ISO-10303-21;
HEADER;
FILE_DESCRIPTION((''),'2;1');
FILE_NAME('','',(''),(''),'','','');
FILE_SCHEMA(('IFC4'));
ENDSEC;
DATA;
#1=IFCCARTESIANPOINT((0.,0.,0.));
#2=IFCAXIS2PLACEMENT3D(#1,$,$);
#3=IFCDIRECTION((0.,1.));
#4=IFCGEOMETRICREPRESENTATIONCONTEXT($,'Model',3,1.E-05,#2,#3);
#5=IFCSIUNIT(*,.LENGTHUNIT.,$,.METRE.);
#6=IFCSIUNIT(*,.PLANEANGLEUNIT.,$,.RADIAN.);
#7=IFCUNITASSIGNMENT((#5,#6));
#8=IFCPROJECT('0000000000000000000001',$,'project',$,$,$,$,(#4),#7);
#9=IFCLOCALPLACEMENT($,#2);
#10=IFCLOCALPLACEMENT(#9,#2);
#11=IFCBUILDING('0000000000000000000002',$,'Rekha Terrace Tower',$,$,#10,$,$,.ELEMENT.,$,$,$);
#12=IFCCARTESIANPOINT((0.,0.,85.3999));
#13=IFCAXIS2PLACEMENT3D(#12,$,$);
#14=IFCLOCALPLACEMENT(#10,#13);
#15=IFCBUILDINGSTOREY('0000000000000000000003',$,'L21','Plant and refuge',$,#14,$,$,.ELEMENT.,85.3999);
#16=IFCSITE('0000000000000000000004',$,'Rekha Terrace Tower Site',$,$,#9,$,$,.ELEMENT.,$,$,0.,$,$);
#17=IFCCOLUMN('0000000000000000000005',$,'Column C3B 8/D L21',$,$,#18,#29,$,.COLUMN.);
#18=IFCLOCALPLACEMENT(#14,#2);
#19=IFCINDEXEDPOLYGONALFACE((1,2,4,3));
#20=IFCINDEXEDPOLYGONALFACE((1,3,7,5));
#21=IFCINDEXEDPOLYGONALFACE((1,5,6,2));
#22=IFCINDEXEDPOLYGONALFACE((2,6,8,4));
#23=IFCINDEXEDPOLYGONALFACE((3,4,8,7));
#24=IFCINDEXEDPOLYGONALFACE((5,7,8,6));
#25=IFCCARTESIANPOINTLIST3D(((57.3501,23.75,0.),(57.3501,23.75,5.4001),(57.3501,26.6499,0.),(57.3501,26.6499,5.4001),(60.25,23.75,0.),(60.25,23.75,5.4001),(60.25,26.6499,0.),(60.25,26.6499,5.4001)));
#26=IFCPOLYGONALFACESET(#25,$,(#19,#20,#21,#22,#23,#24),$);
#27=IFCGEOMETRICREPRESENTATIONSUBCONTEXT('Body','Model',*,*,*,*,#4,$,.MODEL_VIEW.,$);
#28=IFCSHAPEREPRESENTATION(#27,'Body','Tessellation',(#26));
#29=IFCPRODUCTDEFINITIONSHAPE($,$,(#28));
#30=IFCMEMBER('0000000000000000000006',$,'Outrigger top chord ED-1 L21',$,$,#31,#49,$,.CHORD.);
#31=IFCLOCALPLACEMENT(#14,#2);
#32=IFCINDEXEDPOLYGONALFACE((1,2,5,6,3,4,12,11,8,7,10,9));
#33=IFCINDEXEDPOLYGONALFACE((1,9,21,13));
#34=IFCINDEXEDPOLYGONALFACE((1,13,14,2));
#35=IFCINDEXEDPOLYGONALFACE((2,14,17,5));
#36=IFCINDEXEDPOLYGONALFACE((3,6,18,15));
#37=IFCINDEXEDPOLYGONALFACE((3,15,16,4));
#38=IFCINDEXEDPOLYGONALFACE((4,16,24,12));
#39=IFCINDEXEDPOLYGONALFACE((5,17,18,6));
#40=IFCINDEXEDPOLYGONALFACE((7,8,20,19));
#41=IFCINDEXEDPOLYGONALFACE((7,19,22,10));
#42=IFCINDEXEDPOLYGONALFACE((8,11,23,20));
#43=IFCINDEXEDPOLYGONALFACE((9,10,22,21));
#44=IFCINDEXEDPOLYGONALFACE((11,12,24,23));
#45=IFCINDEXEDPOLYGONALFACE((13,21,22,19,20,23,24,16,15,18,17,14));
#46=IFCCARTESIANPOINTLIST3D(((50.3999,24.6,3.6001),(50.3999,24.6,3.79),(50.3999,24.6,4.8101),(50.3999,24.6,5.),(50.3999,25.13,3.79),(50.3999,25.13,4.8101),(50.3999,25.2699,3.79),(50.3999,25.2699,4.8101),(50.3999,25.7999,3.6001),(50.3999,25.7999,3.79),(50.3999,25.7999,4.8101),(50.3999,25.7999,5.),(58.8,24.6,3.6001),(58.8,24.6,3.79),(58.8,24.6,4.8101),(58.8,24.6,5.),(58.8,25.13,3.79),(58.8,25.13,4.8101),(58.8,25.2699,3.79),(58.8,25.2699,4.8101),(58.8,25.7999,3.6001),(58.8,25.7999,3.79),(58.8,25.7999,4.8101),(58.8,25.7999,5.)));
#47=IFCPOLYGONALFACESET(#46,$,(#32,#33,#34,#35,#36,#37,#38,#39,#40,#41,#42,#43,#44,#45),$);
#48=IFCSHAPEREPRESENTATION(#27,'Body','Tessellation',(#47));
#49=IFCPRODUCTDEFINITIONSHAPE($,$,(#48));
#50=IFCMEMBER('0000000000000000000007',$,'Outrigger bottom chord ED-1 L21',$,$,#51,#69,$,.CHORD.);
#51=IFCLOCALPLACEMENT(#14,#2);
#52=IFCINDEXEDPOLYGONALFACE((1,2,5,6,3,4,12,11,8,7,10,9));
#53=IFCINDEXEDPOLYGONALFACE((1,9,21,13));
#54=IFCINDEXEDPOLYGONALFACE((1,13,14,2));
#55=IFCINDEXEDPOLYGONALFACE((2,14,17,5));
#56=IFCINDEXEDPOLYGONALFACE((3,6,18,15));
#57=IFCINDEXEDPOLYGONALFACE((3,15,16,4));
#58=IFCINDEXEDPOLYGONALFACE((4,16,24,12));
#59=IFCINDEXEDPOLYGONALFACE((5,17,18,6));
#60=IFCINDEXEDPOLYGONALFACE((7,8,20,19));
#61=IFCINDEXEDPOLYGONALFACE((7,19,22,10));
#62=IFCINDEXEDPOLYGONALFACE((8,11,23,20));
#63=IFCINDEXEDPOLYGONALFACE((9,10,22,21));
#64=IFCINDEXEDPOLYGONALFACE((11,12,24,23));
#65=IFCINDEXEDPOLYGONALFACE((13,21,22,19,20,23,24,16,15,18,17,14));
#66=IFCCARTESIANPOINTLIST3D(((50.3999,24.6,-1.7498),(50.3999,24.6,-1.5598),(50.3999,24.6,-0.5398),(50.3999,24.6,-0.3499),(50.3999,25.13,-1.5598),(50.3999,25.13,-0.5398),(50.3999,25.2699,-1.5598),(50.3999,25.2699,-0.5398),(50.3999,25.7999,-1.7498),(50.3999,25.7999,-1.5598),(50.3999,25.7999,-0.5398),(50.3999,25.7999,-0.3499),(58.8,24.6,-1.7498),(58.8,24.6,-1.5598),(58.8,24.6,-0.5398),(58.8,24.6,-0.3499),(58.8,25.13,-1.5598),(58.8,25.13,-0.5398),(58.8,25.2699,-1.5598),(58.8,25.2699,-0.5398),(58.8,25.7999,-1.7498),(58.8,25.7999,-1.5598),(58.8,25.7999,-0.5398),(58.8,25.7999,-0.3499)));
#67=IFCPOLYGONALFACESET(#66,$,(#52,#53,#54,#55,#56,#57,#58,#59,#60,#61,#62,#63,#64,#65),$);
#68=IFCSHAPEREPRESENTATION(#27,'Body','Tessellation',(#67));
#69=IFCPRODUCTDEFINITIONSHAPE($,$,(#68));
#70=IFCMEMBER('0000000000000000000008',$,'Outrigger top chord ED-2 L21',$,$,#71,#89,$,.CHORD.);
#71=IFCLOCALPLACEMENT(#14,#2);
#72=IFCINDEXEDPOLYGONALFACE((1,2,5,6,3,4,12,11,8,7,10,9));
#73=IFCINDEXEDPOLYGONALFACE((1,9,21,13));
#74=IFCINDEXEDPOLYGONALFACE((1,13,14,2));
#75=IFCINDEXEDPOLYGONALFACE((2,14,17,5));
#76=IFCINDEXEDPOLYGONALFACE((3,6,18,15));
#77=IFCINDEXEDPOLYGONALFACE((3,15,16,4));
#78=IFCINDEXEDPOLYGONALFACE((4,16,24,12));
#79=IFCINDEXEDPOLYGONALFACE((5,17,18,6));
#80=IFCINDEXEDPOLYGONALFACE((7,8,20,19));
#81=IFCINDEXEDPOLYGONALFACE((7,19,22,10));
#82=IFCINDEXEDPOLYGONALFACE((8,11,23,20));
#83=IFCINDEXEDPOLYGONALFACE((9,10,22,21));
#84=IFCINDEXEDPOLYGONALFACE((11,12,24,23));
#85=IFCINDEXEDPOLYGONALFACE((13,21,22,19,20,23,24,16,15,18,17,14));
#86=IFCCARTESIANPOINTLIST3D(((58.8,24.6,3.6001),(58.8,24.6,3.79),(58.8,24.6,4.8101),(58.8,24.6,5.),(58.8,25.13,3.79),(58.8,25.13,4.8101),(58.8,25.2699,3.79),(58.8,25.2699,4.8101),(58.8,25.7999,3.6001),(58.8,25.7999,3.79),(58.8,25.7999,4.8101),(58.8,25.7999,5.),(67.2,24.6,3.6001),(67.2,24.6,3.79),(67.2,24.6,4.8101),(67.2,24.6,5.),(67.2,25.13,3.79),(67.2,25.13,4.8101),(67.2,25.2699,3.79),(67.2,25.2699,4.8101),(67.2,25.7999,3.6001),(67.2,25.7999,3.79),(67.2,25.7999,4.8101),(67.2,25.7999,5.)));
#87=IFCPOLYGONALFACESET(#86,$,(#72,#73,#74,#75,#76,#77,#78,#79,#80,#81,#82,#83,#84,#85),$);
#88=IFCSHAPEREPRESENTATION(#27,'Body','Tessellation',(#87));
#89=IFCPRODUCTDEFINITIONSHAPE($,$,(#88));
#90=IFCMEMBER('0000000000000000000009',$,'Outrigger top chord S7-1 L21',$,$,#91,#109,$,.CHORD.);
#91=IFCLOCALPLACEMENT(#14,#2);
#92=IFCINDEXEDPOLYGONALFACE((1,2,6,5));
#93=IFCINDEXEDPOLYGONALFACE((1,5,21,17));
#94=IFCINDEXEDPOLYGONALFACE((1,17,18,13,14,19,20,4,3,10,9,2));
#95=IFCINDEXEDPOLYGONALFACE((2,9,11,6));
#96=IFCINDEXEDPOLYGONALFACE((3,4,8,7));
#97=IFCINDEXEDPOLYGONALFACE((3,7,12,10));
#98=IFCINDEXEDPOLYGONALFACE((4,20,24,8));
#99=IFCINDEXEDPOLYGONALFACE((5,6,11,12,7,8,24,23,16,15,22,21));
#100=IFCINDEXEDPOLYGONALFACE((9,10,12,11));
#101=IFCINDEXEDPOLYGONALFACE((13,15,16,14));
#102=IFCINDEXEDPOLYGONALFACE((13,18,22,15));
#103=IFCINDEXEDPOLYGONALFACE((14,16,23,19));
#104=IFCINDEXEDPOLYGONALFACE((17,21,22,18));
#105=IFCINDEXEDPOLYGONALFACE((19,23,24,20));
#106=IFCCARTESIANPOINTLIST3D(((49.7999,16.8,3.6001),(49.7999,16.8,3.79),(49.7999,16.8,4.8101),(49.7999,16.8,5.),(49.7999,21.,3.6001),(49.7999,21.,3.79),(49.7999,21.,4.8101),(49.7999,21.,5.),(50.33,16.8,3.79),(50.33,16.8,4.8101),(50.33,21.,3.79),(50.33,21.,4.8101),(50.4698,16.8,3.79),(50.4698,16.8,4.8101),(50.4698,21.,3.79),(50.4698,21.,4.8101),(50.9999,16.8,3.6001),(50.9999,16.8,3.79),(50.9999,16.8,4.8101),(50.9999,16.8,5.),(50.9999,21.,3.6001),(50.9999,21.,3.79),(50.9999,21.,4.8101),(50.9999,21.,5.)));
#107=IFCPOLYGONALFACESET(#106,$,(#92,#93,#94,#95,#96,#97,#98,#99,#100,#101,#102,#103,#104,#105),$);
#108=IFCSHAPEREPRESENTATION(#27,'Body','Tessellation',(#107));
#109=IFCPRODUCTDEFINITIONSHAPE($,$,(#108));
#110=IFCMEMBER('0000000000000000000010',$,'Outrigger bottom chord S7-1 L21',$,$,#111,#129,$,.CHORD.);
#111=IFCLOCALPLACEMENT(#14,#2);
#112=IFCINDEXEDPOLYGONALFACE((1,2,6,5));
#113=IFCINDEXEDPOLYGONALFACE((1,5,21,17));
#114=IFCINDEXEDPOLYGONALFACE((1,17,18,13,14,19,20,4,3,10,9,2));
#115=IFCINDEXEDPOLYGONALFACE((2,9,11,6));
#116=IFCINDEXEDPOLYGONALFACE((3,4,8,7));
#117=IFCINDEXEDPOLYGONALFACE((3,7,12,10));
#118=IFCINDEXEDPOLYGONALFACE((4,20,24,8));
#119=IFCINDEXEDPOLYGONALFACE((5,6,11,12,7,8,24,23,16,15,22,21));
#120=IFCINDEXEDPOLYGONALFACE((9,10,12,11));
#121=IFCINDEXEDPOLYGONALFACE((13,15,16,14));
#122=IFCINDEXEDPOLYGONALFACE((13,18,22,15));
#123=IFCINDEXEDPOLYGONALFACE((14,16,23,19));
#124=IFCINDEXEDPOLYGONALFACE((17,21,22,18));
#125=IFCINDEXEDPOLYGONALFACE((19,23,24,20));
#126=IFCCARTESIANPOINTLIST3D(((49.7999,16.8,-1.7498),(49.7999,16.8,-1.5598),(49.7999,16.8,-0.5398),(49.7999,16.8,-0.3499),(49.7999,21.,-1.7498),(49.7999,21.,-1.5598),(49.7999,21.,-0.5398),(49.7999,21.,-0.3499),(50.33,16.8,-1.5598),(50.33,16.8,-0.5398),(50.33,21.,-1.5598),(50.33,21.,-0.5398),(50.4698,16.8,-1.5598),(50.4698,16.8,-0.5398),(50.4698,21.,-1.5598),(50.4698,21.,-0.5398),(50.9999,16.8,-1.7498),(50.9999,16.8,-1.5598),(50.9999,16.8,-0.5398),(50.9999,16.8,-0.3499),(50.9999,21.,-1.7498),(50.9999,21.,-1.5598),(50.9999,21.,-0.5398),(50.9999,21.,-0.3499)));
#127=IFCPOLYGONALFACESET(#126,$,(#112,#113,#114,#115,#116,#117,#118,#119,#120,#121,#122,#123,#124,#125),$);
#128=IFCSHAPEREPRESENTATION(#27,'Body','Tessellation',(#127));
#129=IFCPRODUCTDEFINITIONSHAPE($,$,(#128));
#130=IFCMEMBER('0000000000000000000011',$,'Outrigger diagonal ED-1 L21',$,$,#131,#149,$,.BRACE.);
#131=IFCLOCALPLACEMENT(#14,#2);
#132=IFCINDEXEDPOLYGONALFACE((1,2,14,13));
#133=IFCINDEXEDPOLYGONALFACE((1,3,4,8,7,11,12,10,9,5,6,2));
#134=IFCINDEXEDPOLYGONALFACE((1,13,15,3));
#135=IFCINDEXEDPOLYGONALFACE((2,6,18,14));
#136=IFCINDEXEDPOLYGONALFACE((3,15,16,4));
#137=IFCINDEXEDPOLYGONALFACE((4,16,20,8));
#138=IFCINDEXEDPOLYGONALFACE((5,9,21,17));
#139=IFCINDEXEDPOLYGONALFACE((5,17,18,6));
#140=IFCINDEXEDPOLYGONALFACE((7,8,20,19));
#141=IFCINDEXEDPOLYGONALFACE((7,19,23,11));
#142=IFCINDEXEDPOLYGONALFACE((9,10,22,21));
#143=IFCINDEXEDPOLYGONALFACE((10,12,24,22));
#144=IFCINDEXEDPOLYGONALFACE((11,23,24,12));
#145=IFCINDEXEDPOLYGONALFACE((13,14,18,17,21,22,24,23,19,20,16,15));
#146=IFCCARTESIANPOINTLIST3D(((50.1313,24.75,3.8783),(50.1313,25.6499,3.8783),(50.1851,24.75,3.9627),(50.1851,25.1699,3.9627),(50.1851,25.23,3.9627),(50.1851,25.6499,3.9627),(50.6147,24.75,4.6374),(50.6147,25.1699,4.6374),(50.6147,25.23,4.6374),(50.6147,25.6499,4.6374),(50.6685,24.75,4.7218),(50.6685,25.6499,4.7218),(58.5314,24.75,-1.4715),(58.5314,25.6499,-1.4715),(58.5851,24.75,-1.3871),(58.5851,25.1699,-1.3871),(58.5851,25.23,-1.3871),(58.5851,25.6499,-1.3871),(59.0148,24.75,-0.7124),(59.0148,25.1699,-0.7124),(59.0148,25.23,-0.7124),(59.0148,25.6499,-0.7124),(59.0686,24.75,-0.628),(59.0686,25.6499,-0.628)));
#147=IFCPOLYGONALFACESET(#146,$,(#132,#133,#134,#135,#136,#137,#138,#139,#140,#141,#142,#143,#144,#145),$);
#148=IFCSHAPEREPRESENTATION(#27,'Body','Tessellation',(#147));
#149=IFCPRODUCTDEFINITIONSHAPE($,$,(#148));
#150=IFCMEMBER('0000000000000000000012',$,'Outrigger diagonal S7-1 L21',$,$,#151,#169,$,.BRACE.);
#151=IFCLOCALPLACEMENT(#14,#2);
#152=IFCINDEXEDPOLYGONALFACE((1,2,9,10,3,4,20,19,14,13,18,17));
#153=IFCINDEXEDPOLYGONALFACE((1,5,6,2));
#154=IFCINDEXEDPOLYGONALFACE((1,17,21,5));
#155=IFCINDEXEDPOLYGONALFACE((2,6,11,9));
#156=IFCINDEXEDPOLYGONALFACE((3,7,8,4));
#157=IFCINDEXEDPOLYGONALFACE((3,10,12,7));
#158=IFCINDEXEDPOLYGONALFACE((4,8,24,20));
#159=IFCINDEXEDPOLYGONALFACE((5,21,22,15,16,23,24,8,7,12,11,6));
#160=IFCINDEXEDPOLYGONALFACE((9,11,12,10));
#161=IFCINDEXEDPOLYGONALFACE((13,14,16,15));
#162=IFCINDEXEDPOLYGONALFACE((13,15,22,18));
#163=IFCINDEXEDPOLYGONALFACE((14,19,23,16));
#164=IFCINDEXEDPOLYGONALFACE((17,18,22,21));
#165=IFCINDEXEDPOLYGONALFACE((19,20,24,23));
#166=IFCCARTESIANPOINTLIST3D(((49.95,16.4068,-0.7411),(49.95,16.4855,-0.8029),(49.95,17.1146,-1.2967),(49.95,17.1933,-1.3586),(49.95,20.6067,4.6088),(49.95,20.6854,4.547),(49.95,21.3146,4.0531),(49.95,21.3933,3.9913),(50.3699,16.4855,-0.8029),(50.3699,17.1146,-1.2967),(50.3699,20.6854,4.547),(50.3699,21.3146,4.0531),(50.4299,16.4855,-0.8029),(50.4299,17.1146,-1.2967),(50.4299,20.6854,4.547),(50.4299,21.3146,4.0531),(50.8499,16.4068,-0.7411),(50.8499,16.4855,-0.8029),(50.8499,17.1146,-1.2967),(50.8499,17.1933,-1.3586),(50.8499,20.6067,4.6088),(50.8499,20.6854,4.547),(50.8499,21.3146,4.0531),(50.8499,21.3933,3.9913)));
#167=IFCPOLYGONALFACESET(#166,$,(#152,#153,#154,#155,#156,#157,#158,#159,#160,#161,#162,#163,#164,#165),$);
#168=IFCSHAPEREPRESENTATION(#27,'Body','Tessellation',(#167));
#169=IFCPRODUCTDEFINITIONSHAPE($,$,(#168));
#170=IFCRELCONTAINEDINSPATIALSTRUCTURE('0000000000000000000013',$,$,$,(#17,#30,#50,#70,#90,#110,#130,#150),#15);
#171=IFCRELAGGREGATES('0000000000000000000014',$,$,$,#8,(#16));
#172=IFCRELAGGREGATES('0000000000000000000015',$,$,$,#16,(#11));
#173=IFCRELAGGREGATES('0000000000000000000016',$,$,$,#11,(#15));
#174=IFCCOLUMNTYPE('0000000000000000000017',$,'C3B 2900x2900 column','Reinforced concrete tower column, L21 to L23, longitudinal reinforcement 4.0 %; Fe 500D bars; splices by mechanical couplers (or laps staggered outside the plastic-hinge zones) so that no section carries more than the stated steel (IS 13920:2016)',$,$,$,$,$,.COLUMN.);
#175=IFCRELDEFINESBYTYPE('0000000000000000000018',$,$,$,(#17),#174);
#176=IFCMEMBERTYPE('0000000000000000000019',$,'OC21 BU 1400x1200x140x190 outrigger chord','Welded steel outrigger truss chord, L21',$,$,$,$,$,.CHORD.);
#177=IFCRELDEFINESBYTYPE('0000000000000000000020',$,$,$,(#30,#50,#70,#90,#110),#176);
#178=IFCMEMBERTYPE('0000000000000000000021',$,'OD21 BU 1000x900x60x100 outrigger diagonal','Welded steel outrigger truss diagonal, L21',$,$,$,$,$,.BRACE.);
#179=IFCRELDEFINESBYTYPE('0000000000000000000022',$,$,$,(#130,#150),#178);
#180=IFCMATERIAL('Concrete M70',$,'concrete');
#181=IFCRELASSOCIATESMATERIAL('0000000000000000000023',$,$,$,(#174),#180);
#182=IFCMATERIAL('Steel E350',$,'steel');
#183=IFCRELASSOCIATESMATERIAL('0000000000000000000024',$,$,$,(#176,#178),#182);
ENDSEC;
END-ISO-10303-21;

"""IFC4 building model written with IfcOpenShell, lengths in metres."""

from ifc_helpers import new_model, si_unit, direction, frame, origin, origin_2d, place, context, subcontext, project, spatial, rectangle, i_section, extrude, material, material_profile, profile_set, type_object, element, save


model = new_model("IFC4")

# Units and contexts
model_context = context("Model", 3, precision=1e-05, world=origin(), true_north=direction((0.0, 1.0)))
body_context = subcontext(model_context, "Body", "Model", "MODEL_VIEW")
ifc_project = project(units=[si_unit("LENGTHUNIT", "METRE"), si_unit("PLANEANGLEUNIT", "RADIAN")], contexts=[model_context])

# Site, building, storey
site_placement = place(None, origin())
site = spatial("IfcSite", under=ifc_project, at=site_placement, Name="Rekha Terrace Tower Site", CompositionType="ELEMENT", RefElevation=0.0)
building_placement = place(site_placement, origin())
building = spatial("IfcBuilding", under=site, at=building_placement, Name="Rekha Terrace Tower", CompositionType="ELEMENT")
storey_placement = place(building_placement, frame((0.0, 0.0, 85.3999)))
storey = spatial("IfcBuildingStorey", under=building, at=storey_placement, Name="L21", Description="Plant and refuge", CompositionType="ELEMENT", Elevation=85.3999)

# Column
ifc_material_1 = material(Name="Concrete M70", Category="concrete")
ifc_material_profile_1 = material_profile(ifc_material_1, rectangle(XDim=2.8999, YDim=2.8999, at=origin_2d()), Name="RC 2900x2900")
ifc_profile_set_1 = profile_set([ifc_material_profile_1], Name="Concrete M70")
column_type = type_object("IfcColumnType", Name="C3B 2900x2900 column", Description="Reinforced concrete tower column, L21 to L23, longitudinal reinforcement 4.0 %; Fe 500D bars; splices by mechanical couplers (or laps staggered outside the plastic-hinge zones) so that no section carries more than the stated steel (IS 13920:2016)", PredefinedType="COLUMN", material=ifc_profile_set_1)
column_placement = place(storey_placement, frame((58.8, 25.2, 0.0), z_axis=(0.0, 0.0, 1.0), x_axis=(1.0, 0.0, 0.0)))
element("IfcColumn", 1, at=column_placement, inside=storey, type_object=column_type, Name="Column C3B 8/D L21", PredefinedType="COLUMN", context=body_context, shape_type="SweptSolid", body=[
    extrude(rectangle(XDim=2.8999, YDim=2.8999, at=origin_2d()), origin(), (0.0, 0.0, 1.0), 5.4001),
])

# Members
ifc_material_2 = material(Name="Steel E350", Category="steel")
ifc_material_profile_2 = material_profile(ifc_material_2, i_section(OverallWidth=1.2, OverallDepth=1.3999, WebThickness=0.1399, FlangeThickness=0.1899, at=origin_2d()), Name="BU 1400x1200x140x190")
ifc_profile_set_2 = profile_set([ifc_material_profile_2], Name="Steel E350")
member_type_1 = type_object("IfcMemberType", Name="OC21 BU 1400x1200x140x190 outrigger chord", Description="Welded steel outrigger truss chord, L21", PredefinedType="CHORD", material=ifc_profile_set_2)
for number, where, z_axis, x_axis, name in (
    (2, (50.3999, 25.2, 4.3), (1.0, 0.0, 0.0), (0.0, 1.0, 0.0), "Outrigger top chord ED-1 L21"),
    (3, (50.3999, 25.2, -1.0498), (1.0, 0.0, 0.0), (0.0, 1.0, 0.0), "Outrigger bottom chord ED-1 L21"),
):
    element("IfcMember", number, at=place(storey_placement, frame(where, z_axis=z_axis, x_axis=x_axis)), inside=storey, type_object=member_type_1, Name=name, PredefinedType="CHORD", context=body_context, shape_type="SweptSolid", body=[
        extrude(i_section(OverallWidth=1.2, OverallDepth=1.3999, WebThickness=0.1399, FlangeThickness=0.1899, at=origin_2d()), origin(), (0.0, 0.0, 1.0), 8.4001),
    ])
member_1_placement = place(storey_placement, frame((58.8, 25.2, 4.3), z_axis=(1.0, 0.0, 0.0), x_axis=(0.0, 1.0, 0.0)))
element("IfcMember", 4, at=member_1_placement, inside=storey, type_object=member_type_1, Name="Outrigger top chord ED-2 L21", PredefinedType="CHORD", context=body_context, shape_type="SweptSolid", body=[
    extrude(i_section(OverallWidth=1.2, OverallDepth=1.3999, WebThickness=0.1399, FlangeThickness=0.1899, at=origin_2d()), origin(), (0.0, 0.0, 1.0), 8.3999),
])
for number, where, z_axis, x_axis, name in (
    (5, (50.3999, 21.0, 4.3), (0.0, -1.0, 0.0), (1.0, 0.0, 0.0), "Outrigger top chord S7-1 L21"),
    (6, (50.3999, 21.0, -1.0498), (0.0, -1.0, 0.0), (1.0, 0.0, 0.0), "Outrigger bottom chord S7-1 L21"),
):
    element("IfcMember", number, at=place(storey_placement, frame(where, z_axis=z_axis, x_axis=x_axis)), inside=storey, type_object=member_type_1, Name=name, PredefinedType="CHORD", context=body_context, shape_type="SweptSolid", body=[
        extrude(i_section(OverallWidth=1.2, OverallDepth=1.3999, WebThickness=0.1399, FlangeThickness=0.1899, at=origin_2d()), origin(), (0.0, 0.0, 1.0), 4.2),
    ])
ifc_material_profile_3 = material_profile(ifc_material_2, i_section(OverallWidth=0.8999, OverallDepth=1.0, WebThickness=0.0601, FlangeThickness=0.1001, at=origin_2d()), Name="BU 1000x900x60x100")
ifc_profile_set_3 = profile_set([ifc_material_profile_3], Name="Steel E350")
member_type_2 = type_object("IfcMemberType", Name="OD21 BU 1000x900x60x100 outrigger diagonal", Description="Welded steel outrigger truss diagonal, L21", PredefinedType="BRACE", material=ifc_profile_set_3)
member_2_placement = place(storey_placement, frame((50.3999, 25.2, 4.3), z_axis=(0.843466, 0.0, -0.537183), x_axis=(0.0, 1.0, 0.0)))
element("IfcMember", 7, at=member_2_placement, inside=storey, type_object=member_type_2, Name="Outrigger diagonal ED-1 L21", PredefinedType="BRACE", context=body_context, shape_type="SweptSolid", body=[
    extrude(i_section(OverallWidth=0.8999, OverallDepth=1.0, WebThickness=0.0601, FlangeThickness=0.1001, at=origin_2d()), origin(), (0.0, 0.0, 1.0), 9.959),
])
member_3_placement = place(storey_placement, frame((50.3999, 21.0, 4.3), z_axis=(0.0, -0.617503, -0.786569), x_axis=(1.0, 0.0, 0.0)))
element("IfcMember", 8, at=member_3_placement, inside=storey, type_object=member_type_2, Name="Outrigger diagonal S7-1 L21", PredefinedType="BRACE", context=body_context, shape_type="SweptSolid", body=[
    extrude(i_section(OverallWidth=0.8999, OverallDepth=1.0, WebThickness=0.0601, FlangeThickness=0.1001, at=origin_2d()), origin(), (0.0, 0.0, 1.0), 6.8015),
])

save(model, "model.ifc")
